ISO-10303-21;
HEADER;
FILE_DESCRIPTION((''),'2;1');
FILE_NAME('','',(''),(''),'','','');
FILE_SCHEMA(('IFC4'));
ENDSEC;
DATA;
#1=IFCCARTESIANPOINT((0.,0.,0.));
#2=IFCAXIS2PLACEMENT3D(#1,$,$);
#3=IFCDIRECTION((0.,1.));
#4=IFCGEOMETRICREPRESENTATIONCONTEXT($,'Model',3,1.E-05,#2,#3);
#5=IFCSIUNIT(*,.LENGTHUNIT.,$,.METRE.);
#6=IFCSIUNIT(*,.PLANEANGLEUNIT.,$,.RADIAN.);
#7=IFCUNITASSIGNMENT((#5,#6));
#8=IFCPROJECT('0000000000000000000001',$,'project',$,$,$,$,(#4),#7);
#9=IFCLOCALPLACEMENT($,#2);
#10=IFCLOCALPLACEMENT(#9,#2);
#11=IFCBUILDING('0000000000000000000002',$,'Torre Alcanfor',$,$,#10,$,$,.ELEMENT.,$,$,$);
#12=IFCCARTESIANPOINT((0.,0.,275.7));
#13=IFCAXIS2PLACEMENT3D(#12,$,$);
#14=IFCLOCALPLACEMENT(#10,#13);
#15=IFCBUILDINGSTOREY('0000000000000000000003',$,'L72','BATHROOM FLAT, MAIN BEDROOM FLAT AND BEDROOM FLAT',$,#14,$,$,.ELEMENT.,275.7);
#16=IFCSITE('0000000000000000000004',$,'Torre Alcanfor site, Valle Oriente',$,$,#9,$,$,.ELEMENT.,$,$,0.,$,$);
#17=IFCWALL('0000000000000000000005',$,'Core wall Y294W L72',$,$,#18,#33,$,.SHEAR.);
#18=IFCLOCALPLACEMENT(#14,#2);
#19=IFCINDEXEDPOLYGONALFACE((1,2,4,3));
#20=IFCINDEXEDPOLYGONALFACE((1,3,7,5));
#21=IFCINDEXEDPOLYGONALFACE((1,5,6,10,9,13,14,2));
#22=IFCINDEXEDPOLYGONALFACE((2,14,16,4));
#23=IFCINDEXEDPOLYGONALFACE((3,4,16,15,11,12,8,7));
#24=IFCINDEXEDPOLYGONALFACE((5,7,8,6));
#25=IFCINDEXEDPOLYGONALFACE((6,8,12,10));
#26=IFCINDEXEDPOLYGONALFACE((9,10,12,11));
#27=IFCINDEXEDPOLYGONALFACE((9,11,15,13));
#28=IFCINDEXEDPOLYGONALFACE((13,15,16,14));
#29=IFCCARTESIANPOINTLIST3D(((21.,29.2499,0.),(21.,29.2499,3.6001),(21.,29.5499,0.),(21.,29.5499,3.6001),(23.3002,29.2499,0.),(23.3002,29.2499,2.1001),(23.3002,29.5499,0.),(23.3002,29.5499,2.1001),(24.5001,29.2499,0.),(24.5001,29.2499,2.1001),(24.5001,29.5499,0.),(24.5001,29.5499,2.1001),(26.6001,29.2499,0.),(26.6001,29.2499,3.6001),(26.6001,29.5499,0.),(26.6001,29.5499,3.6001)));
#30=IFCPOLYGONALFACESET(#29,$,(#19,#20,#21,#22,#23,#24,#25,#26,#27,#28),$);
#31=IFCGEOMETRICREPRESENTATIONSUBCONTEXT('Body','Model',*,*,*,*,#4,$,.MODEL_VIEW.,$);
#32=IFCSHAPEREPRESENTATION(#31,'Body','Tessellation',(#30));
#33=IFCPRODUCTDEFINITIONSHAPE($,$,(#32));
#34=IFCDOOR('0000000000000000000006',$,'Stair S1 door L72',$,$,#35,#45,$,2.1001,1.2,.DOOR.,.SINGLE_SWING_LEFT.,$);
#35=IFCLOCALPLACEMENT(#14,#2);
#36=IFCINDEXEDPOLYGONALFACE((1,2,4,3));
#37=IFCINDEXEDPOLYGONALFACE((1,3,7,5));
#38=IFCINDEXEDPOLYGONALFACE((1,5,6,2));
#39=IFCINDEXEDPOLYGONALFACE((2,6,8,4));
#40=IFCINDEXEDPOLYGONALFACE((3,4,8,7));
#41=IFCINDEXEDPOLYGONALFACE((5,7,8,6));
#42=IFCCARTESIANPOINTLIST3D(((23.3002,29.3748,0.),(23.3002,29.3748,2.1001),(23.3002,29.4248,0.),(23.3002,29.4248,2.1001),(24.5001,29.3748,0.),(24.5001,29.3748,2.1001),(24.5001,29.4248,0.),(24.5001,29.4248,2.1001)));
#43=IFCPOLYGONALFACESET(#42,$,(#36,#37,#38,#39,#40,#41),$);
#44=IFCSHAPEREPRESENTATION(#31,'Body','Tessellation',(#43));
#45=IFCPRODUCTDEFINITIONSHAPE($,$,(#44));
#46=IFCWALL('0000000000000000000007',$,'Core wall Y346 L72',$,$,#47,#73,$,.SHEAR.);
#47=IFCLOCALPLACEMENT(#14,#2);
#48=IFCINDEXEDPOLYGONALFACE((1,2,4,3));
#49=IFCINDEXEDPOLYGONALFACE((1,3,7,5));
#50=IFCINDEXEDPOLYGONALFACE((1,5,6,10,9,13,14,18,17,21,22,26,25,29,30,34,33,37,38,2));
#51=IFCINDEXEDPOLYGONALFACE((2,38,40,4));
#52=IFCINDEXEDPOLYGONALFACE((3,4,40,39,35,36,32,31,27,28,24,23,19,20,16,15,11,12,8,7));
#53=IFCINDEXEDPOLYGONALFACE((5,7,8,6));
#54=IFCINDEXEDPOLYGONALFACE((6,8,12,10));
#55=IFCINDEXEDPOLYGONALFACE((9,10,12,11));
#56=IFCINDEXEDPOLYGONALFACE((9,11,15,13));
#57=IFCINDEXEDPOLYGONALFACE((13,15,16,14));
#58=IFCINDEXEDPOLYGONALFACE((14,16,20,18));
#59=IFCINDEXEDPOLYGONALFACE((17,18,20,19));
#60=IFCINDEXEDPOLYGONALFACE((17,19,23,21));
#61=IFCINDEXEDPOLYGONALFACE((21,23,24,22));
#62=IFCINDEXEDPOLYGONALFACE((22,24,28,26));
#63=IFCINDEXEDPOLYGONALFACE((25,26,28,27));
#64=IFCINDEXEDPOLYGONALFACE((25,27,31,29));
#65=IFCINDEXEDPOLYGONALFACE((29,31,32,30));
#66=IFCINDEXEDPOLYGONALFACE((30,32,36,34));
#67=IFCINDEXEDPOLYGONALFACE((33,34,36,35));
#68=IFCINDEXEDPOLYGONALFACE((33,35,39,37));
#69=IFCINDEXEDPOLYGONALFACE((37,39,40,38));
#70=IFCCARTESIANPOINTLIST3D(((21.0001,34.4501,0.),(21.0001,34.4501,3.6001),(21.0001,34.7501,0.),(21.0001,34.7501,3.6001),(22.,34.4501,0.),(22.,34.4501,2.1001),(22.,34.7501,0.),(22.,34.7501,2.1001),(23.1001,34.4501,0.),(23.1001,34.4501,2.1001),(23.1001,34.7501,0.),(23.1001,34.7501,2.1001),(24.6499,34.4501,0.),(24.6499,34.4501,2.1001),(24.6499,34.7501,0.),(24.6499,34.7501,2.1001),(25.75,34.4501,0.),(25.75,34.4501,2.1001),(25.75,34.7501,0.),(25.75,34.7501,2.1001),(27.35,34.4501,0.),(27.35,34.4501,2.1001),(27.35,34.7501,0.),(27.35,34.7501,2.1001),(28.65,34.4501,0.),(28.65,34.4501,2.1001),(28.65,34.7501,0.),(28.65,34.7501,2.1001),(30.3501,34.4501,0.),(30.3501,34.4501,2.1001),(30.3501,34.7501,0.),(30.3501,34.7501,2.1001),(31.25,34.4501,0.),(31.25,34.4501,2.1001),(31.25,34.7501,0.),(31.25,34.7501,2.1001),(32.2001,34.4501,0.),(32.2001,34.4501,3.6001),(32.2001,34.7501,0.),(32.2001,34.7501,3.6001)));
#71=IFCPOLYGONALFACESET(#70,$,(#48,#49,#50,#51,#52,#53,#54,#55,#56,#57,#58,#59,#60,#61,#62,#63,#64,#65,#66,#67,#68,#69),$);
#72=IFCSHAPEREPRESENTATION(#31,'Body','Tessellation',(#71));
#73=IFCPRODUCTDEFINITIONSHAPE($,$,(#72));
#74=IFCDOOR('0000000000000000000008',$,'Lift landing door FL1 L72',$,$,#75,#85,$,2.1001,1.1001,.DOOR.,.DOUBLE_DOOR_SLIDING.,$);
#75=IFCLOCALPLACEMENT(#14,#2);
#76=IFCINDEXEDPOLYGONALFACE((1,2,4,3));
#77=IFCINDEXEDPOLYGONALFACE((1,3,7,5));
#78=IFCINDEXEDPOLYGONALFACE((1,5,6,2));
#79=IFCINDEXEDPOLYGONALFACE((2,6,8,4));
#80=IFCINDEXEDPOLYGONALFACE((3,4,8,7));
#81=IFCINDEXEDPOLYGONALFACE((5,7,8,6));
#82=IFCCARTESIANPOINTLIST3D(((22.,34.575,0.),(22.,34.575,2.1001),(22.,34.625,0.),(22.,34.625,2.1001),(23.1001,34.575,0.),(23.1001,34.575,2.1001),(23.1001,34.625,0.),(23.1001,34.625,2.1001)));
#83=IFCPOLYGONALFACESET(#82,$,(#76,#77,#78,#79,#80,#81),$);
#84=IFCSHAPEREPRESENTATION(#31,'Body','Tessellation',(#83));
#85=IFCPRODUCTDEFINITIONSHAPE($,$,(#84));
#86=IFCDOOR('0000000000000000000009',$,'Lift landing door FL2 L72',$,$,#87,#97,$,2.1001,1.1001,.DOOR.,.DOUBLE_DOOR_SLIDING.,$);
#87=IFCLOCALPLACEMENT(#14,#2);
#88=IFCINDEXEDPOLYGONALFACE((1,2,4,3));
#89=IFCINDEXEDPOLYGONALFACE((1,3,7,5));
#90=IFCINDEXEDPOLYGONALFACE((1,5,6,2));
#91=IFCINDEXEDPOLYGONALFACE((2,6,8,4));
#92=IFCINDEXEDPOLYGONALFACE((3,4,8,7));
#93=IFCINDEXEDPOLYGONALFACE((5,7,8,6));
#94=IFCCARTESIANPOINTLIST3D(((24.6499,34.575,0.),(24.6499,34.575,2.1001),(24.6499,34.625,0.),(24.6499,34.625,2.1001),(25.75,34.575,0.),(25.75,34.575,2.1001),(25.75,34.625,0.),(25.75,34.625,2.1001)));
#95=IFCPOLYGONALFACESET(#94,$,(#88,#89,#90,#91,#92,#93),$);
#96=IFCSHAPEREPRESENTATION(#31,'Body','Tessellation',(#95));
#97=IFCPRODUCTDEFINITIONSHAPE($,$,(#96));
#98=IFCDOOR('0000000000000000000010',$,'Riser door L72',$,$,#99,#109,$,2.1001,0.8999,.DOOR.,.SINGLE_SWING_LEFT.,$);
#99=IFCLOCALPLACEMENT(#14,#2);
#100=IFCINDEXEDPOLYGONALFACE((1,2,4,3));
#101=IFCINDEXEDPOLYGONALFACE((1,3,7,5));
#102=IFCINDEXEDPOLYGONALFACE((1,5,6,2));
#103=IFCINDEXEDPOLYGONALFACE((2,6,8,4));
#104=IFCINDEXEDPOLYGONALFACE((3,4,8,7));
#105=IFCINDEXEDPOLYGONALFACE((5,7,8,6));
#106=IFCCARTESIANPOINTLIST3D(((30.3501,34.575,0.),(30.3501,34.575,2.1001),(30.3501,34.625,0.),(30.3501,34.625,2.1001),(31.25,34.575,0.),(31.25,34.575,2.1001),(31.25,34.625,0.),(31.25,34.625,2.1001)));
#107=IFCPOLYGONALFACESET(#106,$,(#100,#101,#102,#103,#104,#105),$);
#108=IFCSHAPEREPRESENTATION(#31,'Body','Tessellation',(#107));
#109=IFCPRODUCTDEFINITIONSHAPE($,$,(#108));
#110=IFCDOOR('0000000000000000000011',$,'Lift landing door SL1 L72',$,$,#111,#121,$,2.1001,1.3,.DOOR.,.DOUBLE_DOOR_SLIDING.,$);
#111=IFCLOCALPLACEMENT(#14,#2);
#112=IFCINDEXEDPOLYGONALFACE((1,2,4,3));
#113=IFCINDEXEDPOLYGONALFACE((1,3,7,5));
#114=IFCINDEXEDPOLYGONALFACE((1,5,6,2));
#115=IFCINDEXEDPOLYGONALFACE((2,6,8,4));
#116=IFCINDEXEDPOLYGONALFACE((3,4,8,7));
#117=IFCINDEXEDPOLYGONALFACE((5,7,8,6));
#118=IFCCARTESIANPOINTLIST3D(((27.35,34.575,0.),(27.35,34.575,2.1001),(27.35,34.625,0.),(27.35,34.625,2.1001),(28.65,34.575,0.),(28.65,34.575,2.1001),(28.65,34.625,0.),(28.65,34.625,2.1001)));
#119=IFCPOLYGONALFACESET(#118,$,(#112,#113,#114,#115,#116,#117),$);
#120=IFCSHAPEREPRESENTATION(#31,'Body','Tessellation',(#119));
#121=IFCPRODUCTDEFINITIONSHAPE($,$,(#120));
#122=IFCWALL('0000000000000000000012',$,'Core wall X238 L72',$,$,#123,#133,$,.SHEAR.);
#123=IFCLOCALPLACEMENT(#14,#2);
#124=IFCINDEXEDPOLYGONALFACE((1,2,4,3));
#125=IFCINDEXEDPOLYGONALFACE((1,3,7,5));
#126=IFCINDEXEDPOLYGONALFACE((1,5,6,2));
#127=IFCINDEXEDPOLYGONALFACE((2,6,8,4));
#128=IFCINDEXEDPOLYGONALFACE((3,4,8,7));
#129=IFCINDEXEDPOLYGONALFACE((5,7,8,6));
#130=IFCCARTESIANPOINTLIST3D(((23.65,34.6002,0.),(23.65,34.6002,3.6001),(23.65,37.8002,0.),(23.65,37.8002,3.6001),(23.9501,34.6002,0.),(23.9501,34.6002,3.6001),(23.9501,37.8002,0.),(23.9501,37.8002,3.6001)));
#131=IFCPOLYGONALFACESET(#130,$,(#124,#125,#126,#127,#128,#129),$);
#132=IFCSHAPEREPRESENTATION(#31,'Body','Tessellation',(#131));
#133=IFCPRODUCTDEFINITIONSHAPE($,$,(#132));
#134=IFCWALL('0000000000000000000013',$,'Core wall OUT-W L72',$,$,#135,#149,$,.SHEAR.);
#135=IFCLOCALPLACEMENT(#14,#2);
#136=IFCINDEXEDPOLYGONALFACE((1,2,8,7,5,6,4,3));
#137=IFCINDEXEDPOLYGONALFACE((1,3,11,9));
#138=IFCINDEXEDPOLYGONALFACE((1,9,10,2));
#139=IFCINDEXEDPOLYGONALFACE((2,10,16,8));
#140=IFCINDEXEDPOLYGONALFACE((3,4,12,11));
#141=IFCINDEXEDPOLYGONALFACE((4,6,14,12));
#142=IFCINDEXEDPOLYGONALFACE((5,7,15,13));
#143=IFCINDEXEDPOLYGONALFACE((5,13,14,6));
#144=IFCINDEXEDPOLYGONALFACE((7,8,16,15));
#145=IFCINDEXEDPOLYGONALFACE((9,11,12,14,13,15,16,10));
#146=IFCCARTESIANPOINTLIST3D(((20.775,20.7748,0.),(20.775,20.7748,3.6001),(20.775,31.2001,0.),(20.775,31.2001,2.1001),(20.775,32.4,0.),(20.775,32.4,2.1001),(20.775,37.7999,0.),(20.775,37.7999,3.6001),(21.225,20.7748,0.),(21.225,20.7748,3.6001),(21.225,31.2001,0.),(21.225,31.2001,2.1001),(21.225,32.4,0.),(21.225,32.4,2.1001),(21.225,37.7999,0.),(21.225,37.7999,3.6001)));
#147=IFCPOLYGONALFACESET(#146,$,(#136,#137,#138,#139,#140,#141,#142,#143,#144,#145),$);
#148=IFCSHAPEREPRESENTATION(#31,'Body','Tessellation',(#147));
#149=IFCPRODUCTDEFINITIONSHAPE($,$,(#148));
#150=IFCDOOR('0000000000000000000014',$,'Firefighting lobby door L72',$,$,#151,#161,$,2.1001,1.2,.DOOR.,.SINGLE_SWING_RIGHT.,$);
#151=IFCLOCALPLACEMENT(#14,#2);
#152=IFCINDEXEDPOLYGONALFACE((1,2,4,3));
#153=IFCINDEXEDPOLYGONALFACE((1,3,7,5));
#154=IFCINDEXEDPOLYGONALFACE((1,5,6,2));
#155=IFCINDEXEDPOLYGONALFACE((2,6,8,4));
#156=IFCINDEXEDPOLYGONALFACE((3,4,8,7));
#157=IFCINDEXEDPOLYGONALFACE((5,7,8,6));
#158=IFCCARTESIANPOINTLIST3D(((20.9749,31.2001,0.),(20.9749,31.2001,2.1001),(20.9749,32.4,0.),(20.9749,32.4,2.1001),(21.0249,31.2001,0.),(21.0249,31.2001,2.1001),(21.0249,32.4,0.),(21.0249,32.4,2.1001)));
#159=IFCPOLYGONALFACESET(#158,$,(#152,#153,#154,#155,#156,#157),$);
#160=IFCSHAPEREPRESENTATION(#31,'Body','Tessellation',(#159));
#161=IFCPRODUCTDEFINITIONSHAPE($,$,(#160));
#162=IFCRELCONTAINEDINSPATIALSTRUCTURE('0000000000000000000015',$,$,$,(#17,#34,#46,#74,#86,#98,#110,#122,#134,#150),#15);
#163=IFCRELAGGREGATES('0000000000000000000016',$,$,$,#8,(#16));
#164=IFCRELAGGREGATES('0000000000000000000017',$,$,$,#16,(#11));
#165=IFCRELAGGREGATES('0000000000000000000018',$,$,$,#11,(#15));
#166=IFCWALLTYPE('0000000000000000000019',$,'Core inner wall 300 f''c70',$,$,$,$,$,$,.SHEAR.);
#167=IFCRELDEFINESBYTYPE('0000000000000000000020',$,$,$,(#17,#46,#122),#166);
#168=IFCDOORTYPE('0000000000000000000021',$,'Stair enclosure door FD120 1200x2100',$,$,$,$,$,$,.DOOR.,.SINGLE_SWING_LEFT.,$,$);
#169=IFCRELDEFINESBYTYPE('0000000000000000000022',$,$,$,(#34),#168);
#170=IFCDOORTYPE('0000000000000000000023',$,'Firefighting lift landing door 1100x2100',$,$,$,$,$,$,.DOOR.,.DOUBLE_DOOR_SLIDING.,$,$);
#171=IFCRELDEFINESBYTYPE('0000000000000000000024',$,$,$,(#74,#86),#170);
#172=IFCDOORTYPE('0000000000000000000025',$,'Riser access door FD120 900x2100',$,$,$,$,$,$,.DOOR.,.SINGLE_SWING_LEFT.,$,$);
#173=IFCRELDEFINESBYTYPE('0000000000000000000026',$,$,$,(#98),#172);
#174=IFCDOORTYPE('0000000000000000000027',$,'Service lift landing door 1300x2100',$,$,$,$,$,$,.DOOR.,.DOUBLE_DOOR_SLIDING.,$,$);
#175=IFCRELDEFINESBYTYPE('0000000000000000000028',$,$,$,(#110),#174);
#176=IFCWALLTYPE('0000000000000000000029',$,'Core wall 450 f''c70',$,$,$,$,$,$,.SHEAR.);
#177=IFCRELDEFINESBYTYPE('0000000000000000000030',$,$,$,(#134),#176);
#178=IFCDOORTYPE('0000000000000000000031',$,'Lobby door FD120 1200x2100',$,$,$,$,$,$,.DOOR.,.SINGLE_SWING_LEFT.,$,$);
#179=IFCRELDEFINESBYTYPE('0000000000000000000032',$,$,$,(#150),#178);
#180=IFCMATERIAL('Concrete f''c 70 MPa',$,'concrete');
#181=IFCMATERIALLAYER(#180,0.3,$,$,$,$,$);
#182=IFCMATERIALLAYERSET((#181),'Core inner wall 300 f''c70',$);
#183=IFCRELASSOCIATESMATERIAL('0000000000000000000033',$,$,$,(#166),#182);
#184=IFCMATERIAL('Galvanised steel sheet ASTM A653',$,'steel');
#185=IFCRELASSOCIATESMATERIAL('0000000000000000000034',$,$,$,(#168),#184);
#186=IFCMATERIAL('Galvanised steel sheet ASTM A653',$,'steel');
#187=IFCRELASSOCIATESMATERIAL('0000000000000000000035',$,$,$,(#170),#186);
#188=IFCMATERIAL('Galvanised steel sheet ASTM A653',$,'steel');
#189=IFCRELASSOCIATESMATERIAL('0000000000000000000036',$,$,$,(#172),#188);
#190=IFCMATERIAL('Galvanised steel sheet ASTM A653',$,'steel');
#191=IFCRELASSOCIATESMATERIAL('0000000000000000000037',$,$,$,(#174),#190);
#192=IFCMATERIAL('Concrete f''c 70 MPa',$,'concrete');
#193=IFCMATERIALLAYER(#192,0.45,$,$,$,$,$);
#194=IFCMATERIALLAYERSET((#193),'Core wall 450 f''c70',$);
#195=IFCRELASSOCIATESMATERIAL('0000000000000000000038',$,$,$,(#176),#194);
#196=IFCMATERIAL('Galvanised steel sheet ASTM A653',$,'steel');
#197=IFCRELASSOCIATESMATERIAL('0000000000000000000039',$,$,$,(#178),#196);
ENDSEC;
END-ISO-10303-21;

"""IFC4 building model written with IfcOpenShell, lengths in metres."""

from ifc_helpers import new_model, si_unit, direction, frame, frame_2d, origin, place, context, subcontext, project, spatial, rectangle, extrude, material, layer, layer_set, type_object, element, fill, save


model = new_model("IFC4")

# Units and contexts
model_context = context("Model", 3, precision=1e-05, world=origin(), true_north=direction((0.0, 1.0)))
body_context = subcontext(model_context, "Body", "Model", "MODEL_VIEW")
ifc_project = project(units=[si_unit("LENGTHUNIT", "METRE"), si_unit("PLANEANGLEUNIT", "RADIAN")], contexts=[model_context])

# Site, building, storey
site_placement = place(None, origin())
site = spatial("IfcSite", under=ifc_project, at=site_placement, Name="Torre Alcanfor site, Valle Oriente", CompositionType="ELEMENT", RefElevation=0.0)
building_placement = place(site_placement, origin())
building = spatial("IfcBuilding", under=site, at=building_placement, Name="Torre Alcanfor", CompositionType="ELEMENT")
storey_placement = place(building_placement, frame((0.0, 0.0, 275.7)))
storey = spatial("IfcBuildingStorey", under=building, at=storey_placement, Name="L72", Description="BATHROOM FLAT, MAIN BEDROOM FLAT AND BEDROOM FLAT", CompositionType="ELEMENT", Elevation=275.7)

# Wall, opening, door
ifc_material_1 = material(Name="Concrete f'c 70 MPa", Category="concrete")
ifc_layer_1 = layer(ifc_material_1, 0.3)
ifc_layer_set_1 = layer_set([ifc_layer_1], Name="Core inner wall 300 f'c70")
wall_type_1 = type_object("IfcWallType", Name="Core inner wall 300 f'c70", PredefinedType="SHEAR", material=ifc_layer_set_1)
wall_1_placement = place(storey_placement, frame((21.0, 29.3999, 0.0), z_axis=(0.0, 0.0, 1.0), x_axis=(1.0, 0.0, 0.0)))
wall_1 = element("IfcWall", 1, at=wall_1_placement, inside=storey, type_object=wall_type_1, Name="Core wall Y294W L72", PredefinedType="SHEAR", context=body_context, shape_type="SweptSolid", body=[
    extrude(rectangle(XDim=5.6001, YDim=0.3, at=frame_2d((2.8, 0.0))), origin(), (0.0, 0.0, 1.0), 3.6001),
])
opening_1_placement = place(wall_1_placement, frame((2.3, 0.0, 0.0)))
opening_1 = element("IfcOpeningElement", 2, at=opening_1_placement, cuts=wall_1, PredefinedType="OPENING", context=body_context, shape_type="SweptSolid", body=[
    extrude(rectangle(XDim=1.2, YDim=2.1001, at=frame_2d((0.6001, 1.05))), frame((0.0, 0.1599, 0.0), z_axis=(0.0, -1.0, 0.0), x_axis=(1.0, 0.0, 0.0)), (0.0, 0.0, 1.0), 0.3201),
])
ifc_material_2 = material(Name="Galvanised steel sheet ASTM A653", Category="steel")
door_type_1 = type_object("IfcDoorType", Name="Stair enclosure door FD120 1200x2100", OperationType="SINGLE_SWING_LEFT", PredefinedType="DOOR", material=ifc_material_2)
door_1_placement = place(opening_1_placement, frame((1.2, 0.0, 0.0), z_axis=(0.0, 0.0, 1.0), x_axis=(-1.0, 0.0, 0.0)))
door_1 = element("IfcDoor", 3, at=door_1_placement, inside=storey, type_object=door_type_1, Name="Stair S1 door L72", OperationType="SINGLE_SWING_LEFT", OverallHeight=2.1001, OverallWidth=1.2, PredefinedType="DOOR", context=body_context, shape_type="SweptSolid", body=[
    extrude(rectangle(XDim=1.2, YDim=2.1001, at=frame_2d((0.5999, 1.05))), frame((0.0, 0.0251, 0.0), z_axis=(0.0, -1.0, 0.0), x_axis=(1.0, 0.0, 0.0)), (0.0, 0.0, 1.0), 0.05),
])
fill(opening_1, door_1)

# Wall, openings, doors
wall_2_placement = place(storey_placement, frame((21.0, 34.6001, 0.0), z_axis=(0.0, 0.0, 1.0), x_axis=(1.0, 0.0, 0.0)))
wall_2 = element("IfcWall", 4, at=wall_2_placement, inside=storey, type_object=wall_type_1, Name="Core wall Y346 L72", PredefinedType="SHEAR", context=body_context, shape_type="SweptSolid", body=[
    extrude(rectangle(XDim=11.2, YDim=0.3, at=frame_2d((5.6001, 0.0))), origin(), (0.0, 0.0, 1.0), 3.6001),
])
opening_2_placement = place(wall_2_placement, frame((9.3501, 0.0, 0.0)))
opening_2 = element("IfcOpeningElement", 5, at=opening_2_placement, cuts=wall_2, PredefinedType="OPENING", context=body_context, shape_type="SweptSolid", body=[
    extrude(rectangle(XDim=0.8999, YDim=2.1001, at=frame_2d((0.45, 1.05))), frame((0.0, 0.1599, 0.0), z_axis=(0.0, -1.0, 0.0), x_axis=(1.0, 0.0, 0.0)), (0.0, 0.0, 1.0), 0.3201),
])
opening_3_placement = place(wall_2_placement, frame((1.0, 0.0, 0.0)))
opening_3 = element("IfcOpeningElement", 6, at=opening_3_placement, cuts=wall_2, PredefinedType="OPENING", context=body_context, shape_type="SweptSolid", body=[
    extrude(rectangle(XDim=1.1001, YDim=2.1001, at=frame_2d((0.55, 1.05))), frame((0.0, 0.1599, 0.0), z_axis=(0.0, -1.0, 0.0), x_axis=(1.0, 0.0, 0.0)), (0.0, 0.0, 1.0), 0.3201),
])
opening_4_placement = place(wall_2_placement, frame((3.6499, 0.0, 0.0)))
opening_4 = element("IfcOpeningElement", 7, at=opening_4_placement, cuts=wall_2, PredefinedType="OPENING", context=body_context, shape_type="SweptSolid", body=[
    extrude(rectangle(XDim=1.1001, YDim=2.1001, at=frame_2d((0.55, 1.05))), frame((0.0, 0.1599, 0.0), z_axis=(0.0, -1.0, 0.0), x_axis=(1.0, 0.0, 0.0)), (0.0, 0.0, 1.0), 0.3201),
])
opening_5_placement = place(wall_2_placement, frame((6.3501, 0.0, 0.0)))
opening_5 = element("IfcOpeningElement", 8, at=opening_5_placement, cuts=wall_2, PredefinedType="OPENING", context=body_context, shape_type="SweptSolid", body=[
    extrude(rectangle(XDim=1.3, YDim=2.1001, at=frame_2d((0.6499, 1.05))), frame((0.0, 0.1599, 0.0), z_axis=(0.0, -1.0, 0.0), x_axis=(1.0, 0.0, 0.0)), (0.0, 0.0, 1.0), 0.3201),
])
ifc_material_3 = material(Name="Galvanised steel sheet ASTM A653", Category="steel")
door_type_2 = type_object("IfcDoorType", Name="Firefighting lift landing door 1100x2100", OperationType="DOUBLE_DOOR_SLIDING", PredefinedType="DOOR", material=ifc_material_3)
door_2_placement = place(opening_3_placement, origin())
door_2 = element("IfcDoor", 9, at=door_2_placement, inside=storey, type_object=door_type_2, Name="Lift landing door FL1 L72", OperationType="DOUBLE_DOOR_SLIDING", OverallHeight=2.1001, OverallWidth=1.1001, PredefinedType="DOOR", context=body_context, shape_type="SweptSolid", body=[
    extrude(rectangle(XDim=1.1001, YDim=2.1001, at=frame_2d((0.55, 1.05))), frame((0.0, 0.0249, 0.0), z_axis=(0.0, -1.0, 0.0), x_axis=(1.0, 0.0, 0.0)), (0.0, 0.0, 1.0), 0.05),
])
fill(opening_3, door_2)
door_3_placement = place(opening_4_placement, origin())
door_3 = element("IfcDoor", 10, at=door_3_placement, inside=storey, type_object=door_type_2, Name="Lift landing door FL2 L72", OperationType="DOUBLE_DOOR_SLIDING", OverallHeight=2.1001, OverallWidth=1.1001, PredefinedType="DOOR", context=body_context, shape_type="SweptSolid", body=[
    extrude(rectangle(XDim=1.1001, YDim=2.1001, at=frame_2d((0.55, 1.05))), frame((0.0, 0.0249, 0.0), z_axis=(0.0, -1.0, 0.0), x_axis=(1.0, 0.0, 0.0)), (0.0, 0.0, 1.0), 0.05),
])
fill(opening_4, door_3)
ifc_material_4 = material(Name="Galvanised steel sheet ASTM A653", Category="steel")
door_type_3 = type_object("IfcDoorType", Name="Riser access door FD120 900x2100", OperationType="SINGLE_SWING_LEFT", PredefinedType="DOOR", material=ifc_material_4)
door_4_placement = place(opening_2_placement, origin())
door_4 = element("IfcDoor", 11, at=door_4_placement, inside=storey, type_object=door_type_3, Name="Riser door L72", OperationType="SINGLE_SWING_LEFT", OverallHeight=2.1001, OverallWidth=0.8999, PredefinedType="DOOR", context=body_context, shape_type="SweptSolid", body=[
    extrude(rectangle(XDim=0.8999, YDim=2.1001, at=frame_2d((0.45, 1.05))), frame((0.0, 0.0249, 0.0), z_axis=(0.0, -1.0, 0.0), x_axis=(1.0, 0.0, 0.0)), (0.0, 0.0, 1.0), 0.05),
])
fill(opening_2, door_4)
ifc_material_5 = material(Name="Galvanised steel sheet ASTM A653", Category="steel")
door_type_4 = type_object("IfcDoorType", Name="Service lift landing door 1300x2100", OperationType="DOUBLE_DOOR_SLIDING", PredefinedType="DOOR", material=ifc_material_5)
door_5_placement = place(opening_5_placement, origin())
door_5 = element("IfcDoor", 12, at=door_5_placement, inside=storey, type_object=door_type_4, Name="Lift landing door SL1 L72", OperationType="DOUBLE_DOOR_SLIDING", OverallHeight=2.1001, OverallWidth=1.3, PredefinedType="DOOR", context=body_context, shape_type="SweptSolid", body=[
    extrude(rectangle(XDim=1.3, YDim=2.1001, at=frame_2d((0.6499, 1.05))), frame((0.0, 0.0249, 0.0), z_axis=(0.0, -1.0, 0.0), x_axis=(1.0, 0.0, 0.0)), (0.0, 0.0, 1.0), 0.05),
])
fill(opening_5, door_5)

# Wall
wall_3_placement = place(storey_placement, frame((23.8, 34.6001, 0.0), z_axis=(0.0, 0.0, 1.0), x_axis=(0.0, 1.0, 0.0)))
element("IfcWall", 13, at=wall_3_placement, inside=storey, type_object=wall_type_1, Name="Core wall X238 L72", PredefinedType="SHEAR", context=body_context, shape_type="SweptSolid", body=[
    extrude(rectangle(XDim=3.2, YDim=0.3, at=frame_2d((1.6001, 0.0))), origin(), (0.0, 0.0, 1.0), 3.6001),
])

# Wall, opening, door
ifc_material_6 = material(Name="Concrete f'c 70 MPa", Category="concrete")
ifc_layer_2 = layer(ifc_material_6, 0.45)
ifc_layer_set_2 = layer_set([ifc_layer_2], Name="Core wall 450 f'c70")
wall_type_2 = type_object("IfcWallType", Name="Core wall 450 f'c70", PredefinedType="SHEAR", material=ifc_layer_set_2)
wall_4_placement = place(storey_placement, frame((21.0, 37.8, 0.0), z_axis=(0.0, 0.0, 1.0), x_axis=(0.0, -1.0, 0.0)))
wall_4 = element("IfcWall", 14, at=wall_4_placement, inside=storey, type_object=wall_type_2, Name="Core wall OUT-W L72", PredefinedType="SHEAR", context=body_context, shape_type="SweptSolid", body=[
    extrude(rectangle(XDim=17.0251, YDim=0.45, at=frame_2d((8.5127, 0.0))), origin(), (0.0, 0.0, 1.0), 3.6001),
])
opening_6_placement = place(wall_4_placement, frame((5.3999, 0.0, 0.0)))
opening_6 = element("IfcOpeningElement", 15, at=opening_6_placement, cuts=wall_4, PredefinedType="OPENING", context=body_context, shape_type="SweptSolid", body=[
    extrude(rectangle(XDim=1.2, YDim=2.1001, at=frame_2d((0.6001, 1.05))), frame((0.0, 0.2349, 0.0), z_axis=(0.0, -1.0, 0.0), x_axis=(1.0, 0.0, 0.0)), (0.0, 0.0, 1.0), 0.47),
])
ifc_material_7 = material(Name="Galvanised steel sheet ASTM A653", Category="steel")
door_type_5 = type_object("IfcDoorType", Name="Lobby door FD120 1200x2100", OperationType="SINGLE_SWING_LEFT", PredefinedType="DOOR", material=ifc_material_7)
door_6_placement = place(opening_6_placement, origin())
door_6 = element("IfcDoor", 16, at=door_6_placement, inside=storey, type_object=door_type_5, Name="Firefighting lobby door L72", OperationType="SINGLE_SWING_RIGHT", OverallHeight=2.1001, OverallWidth=1.2, PredefinedType="DOOR", context=body_context, shape_type="SweptSolid", body=[
    extrude(rectangle(XDim=1.2, YDim=2.1001, at=frame_2d((0.6001, 1.05))), frame((0.0, 0.0249, 0.0), z_axis=(0.0, -1.0, 0.0), x_axis=(1.0, 0.0, 0.0)), (0.0, 0.0, 1.0), 0.05),
])
fill(opening_6, door_6)

save(model, "model.ifc")
